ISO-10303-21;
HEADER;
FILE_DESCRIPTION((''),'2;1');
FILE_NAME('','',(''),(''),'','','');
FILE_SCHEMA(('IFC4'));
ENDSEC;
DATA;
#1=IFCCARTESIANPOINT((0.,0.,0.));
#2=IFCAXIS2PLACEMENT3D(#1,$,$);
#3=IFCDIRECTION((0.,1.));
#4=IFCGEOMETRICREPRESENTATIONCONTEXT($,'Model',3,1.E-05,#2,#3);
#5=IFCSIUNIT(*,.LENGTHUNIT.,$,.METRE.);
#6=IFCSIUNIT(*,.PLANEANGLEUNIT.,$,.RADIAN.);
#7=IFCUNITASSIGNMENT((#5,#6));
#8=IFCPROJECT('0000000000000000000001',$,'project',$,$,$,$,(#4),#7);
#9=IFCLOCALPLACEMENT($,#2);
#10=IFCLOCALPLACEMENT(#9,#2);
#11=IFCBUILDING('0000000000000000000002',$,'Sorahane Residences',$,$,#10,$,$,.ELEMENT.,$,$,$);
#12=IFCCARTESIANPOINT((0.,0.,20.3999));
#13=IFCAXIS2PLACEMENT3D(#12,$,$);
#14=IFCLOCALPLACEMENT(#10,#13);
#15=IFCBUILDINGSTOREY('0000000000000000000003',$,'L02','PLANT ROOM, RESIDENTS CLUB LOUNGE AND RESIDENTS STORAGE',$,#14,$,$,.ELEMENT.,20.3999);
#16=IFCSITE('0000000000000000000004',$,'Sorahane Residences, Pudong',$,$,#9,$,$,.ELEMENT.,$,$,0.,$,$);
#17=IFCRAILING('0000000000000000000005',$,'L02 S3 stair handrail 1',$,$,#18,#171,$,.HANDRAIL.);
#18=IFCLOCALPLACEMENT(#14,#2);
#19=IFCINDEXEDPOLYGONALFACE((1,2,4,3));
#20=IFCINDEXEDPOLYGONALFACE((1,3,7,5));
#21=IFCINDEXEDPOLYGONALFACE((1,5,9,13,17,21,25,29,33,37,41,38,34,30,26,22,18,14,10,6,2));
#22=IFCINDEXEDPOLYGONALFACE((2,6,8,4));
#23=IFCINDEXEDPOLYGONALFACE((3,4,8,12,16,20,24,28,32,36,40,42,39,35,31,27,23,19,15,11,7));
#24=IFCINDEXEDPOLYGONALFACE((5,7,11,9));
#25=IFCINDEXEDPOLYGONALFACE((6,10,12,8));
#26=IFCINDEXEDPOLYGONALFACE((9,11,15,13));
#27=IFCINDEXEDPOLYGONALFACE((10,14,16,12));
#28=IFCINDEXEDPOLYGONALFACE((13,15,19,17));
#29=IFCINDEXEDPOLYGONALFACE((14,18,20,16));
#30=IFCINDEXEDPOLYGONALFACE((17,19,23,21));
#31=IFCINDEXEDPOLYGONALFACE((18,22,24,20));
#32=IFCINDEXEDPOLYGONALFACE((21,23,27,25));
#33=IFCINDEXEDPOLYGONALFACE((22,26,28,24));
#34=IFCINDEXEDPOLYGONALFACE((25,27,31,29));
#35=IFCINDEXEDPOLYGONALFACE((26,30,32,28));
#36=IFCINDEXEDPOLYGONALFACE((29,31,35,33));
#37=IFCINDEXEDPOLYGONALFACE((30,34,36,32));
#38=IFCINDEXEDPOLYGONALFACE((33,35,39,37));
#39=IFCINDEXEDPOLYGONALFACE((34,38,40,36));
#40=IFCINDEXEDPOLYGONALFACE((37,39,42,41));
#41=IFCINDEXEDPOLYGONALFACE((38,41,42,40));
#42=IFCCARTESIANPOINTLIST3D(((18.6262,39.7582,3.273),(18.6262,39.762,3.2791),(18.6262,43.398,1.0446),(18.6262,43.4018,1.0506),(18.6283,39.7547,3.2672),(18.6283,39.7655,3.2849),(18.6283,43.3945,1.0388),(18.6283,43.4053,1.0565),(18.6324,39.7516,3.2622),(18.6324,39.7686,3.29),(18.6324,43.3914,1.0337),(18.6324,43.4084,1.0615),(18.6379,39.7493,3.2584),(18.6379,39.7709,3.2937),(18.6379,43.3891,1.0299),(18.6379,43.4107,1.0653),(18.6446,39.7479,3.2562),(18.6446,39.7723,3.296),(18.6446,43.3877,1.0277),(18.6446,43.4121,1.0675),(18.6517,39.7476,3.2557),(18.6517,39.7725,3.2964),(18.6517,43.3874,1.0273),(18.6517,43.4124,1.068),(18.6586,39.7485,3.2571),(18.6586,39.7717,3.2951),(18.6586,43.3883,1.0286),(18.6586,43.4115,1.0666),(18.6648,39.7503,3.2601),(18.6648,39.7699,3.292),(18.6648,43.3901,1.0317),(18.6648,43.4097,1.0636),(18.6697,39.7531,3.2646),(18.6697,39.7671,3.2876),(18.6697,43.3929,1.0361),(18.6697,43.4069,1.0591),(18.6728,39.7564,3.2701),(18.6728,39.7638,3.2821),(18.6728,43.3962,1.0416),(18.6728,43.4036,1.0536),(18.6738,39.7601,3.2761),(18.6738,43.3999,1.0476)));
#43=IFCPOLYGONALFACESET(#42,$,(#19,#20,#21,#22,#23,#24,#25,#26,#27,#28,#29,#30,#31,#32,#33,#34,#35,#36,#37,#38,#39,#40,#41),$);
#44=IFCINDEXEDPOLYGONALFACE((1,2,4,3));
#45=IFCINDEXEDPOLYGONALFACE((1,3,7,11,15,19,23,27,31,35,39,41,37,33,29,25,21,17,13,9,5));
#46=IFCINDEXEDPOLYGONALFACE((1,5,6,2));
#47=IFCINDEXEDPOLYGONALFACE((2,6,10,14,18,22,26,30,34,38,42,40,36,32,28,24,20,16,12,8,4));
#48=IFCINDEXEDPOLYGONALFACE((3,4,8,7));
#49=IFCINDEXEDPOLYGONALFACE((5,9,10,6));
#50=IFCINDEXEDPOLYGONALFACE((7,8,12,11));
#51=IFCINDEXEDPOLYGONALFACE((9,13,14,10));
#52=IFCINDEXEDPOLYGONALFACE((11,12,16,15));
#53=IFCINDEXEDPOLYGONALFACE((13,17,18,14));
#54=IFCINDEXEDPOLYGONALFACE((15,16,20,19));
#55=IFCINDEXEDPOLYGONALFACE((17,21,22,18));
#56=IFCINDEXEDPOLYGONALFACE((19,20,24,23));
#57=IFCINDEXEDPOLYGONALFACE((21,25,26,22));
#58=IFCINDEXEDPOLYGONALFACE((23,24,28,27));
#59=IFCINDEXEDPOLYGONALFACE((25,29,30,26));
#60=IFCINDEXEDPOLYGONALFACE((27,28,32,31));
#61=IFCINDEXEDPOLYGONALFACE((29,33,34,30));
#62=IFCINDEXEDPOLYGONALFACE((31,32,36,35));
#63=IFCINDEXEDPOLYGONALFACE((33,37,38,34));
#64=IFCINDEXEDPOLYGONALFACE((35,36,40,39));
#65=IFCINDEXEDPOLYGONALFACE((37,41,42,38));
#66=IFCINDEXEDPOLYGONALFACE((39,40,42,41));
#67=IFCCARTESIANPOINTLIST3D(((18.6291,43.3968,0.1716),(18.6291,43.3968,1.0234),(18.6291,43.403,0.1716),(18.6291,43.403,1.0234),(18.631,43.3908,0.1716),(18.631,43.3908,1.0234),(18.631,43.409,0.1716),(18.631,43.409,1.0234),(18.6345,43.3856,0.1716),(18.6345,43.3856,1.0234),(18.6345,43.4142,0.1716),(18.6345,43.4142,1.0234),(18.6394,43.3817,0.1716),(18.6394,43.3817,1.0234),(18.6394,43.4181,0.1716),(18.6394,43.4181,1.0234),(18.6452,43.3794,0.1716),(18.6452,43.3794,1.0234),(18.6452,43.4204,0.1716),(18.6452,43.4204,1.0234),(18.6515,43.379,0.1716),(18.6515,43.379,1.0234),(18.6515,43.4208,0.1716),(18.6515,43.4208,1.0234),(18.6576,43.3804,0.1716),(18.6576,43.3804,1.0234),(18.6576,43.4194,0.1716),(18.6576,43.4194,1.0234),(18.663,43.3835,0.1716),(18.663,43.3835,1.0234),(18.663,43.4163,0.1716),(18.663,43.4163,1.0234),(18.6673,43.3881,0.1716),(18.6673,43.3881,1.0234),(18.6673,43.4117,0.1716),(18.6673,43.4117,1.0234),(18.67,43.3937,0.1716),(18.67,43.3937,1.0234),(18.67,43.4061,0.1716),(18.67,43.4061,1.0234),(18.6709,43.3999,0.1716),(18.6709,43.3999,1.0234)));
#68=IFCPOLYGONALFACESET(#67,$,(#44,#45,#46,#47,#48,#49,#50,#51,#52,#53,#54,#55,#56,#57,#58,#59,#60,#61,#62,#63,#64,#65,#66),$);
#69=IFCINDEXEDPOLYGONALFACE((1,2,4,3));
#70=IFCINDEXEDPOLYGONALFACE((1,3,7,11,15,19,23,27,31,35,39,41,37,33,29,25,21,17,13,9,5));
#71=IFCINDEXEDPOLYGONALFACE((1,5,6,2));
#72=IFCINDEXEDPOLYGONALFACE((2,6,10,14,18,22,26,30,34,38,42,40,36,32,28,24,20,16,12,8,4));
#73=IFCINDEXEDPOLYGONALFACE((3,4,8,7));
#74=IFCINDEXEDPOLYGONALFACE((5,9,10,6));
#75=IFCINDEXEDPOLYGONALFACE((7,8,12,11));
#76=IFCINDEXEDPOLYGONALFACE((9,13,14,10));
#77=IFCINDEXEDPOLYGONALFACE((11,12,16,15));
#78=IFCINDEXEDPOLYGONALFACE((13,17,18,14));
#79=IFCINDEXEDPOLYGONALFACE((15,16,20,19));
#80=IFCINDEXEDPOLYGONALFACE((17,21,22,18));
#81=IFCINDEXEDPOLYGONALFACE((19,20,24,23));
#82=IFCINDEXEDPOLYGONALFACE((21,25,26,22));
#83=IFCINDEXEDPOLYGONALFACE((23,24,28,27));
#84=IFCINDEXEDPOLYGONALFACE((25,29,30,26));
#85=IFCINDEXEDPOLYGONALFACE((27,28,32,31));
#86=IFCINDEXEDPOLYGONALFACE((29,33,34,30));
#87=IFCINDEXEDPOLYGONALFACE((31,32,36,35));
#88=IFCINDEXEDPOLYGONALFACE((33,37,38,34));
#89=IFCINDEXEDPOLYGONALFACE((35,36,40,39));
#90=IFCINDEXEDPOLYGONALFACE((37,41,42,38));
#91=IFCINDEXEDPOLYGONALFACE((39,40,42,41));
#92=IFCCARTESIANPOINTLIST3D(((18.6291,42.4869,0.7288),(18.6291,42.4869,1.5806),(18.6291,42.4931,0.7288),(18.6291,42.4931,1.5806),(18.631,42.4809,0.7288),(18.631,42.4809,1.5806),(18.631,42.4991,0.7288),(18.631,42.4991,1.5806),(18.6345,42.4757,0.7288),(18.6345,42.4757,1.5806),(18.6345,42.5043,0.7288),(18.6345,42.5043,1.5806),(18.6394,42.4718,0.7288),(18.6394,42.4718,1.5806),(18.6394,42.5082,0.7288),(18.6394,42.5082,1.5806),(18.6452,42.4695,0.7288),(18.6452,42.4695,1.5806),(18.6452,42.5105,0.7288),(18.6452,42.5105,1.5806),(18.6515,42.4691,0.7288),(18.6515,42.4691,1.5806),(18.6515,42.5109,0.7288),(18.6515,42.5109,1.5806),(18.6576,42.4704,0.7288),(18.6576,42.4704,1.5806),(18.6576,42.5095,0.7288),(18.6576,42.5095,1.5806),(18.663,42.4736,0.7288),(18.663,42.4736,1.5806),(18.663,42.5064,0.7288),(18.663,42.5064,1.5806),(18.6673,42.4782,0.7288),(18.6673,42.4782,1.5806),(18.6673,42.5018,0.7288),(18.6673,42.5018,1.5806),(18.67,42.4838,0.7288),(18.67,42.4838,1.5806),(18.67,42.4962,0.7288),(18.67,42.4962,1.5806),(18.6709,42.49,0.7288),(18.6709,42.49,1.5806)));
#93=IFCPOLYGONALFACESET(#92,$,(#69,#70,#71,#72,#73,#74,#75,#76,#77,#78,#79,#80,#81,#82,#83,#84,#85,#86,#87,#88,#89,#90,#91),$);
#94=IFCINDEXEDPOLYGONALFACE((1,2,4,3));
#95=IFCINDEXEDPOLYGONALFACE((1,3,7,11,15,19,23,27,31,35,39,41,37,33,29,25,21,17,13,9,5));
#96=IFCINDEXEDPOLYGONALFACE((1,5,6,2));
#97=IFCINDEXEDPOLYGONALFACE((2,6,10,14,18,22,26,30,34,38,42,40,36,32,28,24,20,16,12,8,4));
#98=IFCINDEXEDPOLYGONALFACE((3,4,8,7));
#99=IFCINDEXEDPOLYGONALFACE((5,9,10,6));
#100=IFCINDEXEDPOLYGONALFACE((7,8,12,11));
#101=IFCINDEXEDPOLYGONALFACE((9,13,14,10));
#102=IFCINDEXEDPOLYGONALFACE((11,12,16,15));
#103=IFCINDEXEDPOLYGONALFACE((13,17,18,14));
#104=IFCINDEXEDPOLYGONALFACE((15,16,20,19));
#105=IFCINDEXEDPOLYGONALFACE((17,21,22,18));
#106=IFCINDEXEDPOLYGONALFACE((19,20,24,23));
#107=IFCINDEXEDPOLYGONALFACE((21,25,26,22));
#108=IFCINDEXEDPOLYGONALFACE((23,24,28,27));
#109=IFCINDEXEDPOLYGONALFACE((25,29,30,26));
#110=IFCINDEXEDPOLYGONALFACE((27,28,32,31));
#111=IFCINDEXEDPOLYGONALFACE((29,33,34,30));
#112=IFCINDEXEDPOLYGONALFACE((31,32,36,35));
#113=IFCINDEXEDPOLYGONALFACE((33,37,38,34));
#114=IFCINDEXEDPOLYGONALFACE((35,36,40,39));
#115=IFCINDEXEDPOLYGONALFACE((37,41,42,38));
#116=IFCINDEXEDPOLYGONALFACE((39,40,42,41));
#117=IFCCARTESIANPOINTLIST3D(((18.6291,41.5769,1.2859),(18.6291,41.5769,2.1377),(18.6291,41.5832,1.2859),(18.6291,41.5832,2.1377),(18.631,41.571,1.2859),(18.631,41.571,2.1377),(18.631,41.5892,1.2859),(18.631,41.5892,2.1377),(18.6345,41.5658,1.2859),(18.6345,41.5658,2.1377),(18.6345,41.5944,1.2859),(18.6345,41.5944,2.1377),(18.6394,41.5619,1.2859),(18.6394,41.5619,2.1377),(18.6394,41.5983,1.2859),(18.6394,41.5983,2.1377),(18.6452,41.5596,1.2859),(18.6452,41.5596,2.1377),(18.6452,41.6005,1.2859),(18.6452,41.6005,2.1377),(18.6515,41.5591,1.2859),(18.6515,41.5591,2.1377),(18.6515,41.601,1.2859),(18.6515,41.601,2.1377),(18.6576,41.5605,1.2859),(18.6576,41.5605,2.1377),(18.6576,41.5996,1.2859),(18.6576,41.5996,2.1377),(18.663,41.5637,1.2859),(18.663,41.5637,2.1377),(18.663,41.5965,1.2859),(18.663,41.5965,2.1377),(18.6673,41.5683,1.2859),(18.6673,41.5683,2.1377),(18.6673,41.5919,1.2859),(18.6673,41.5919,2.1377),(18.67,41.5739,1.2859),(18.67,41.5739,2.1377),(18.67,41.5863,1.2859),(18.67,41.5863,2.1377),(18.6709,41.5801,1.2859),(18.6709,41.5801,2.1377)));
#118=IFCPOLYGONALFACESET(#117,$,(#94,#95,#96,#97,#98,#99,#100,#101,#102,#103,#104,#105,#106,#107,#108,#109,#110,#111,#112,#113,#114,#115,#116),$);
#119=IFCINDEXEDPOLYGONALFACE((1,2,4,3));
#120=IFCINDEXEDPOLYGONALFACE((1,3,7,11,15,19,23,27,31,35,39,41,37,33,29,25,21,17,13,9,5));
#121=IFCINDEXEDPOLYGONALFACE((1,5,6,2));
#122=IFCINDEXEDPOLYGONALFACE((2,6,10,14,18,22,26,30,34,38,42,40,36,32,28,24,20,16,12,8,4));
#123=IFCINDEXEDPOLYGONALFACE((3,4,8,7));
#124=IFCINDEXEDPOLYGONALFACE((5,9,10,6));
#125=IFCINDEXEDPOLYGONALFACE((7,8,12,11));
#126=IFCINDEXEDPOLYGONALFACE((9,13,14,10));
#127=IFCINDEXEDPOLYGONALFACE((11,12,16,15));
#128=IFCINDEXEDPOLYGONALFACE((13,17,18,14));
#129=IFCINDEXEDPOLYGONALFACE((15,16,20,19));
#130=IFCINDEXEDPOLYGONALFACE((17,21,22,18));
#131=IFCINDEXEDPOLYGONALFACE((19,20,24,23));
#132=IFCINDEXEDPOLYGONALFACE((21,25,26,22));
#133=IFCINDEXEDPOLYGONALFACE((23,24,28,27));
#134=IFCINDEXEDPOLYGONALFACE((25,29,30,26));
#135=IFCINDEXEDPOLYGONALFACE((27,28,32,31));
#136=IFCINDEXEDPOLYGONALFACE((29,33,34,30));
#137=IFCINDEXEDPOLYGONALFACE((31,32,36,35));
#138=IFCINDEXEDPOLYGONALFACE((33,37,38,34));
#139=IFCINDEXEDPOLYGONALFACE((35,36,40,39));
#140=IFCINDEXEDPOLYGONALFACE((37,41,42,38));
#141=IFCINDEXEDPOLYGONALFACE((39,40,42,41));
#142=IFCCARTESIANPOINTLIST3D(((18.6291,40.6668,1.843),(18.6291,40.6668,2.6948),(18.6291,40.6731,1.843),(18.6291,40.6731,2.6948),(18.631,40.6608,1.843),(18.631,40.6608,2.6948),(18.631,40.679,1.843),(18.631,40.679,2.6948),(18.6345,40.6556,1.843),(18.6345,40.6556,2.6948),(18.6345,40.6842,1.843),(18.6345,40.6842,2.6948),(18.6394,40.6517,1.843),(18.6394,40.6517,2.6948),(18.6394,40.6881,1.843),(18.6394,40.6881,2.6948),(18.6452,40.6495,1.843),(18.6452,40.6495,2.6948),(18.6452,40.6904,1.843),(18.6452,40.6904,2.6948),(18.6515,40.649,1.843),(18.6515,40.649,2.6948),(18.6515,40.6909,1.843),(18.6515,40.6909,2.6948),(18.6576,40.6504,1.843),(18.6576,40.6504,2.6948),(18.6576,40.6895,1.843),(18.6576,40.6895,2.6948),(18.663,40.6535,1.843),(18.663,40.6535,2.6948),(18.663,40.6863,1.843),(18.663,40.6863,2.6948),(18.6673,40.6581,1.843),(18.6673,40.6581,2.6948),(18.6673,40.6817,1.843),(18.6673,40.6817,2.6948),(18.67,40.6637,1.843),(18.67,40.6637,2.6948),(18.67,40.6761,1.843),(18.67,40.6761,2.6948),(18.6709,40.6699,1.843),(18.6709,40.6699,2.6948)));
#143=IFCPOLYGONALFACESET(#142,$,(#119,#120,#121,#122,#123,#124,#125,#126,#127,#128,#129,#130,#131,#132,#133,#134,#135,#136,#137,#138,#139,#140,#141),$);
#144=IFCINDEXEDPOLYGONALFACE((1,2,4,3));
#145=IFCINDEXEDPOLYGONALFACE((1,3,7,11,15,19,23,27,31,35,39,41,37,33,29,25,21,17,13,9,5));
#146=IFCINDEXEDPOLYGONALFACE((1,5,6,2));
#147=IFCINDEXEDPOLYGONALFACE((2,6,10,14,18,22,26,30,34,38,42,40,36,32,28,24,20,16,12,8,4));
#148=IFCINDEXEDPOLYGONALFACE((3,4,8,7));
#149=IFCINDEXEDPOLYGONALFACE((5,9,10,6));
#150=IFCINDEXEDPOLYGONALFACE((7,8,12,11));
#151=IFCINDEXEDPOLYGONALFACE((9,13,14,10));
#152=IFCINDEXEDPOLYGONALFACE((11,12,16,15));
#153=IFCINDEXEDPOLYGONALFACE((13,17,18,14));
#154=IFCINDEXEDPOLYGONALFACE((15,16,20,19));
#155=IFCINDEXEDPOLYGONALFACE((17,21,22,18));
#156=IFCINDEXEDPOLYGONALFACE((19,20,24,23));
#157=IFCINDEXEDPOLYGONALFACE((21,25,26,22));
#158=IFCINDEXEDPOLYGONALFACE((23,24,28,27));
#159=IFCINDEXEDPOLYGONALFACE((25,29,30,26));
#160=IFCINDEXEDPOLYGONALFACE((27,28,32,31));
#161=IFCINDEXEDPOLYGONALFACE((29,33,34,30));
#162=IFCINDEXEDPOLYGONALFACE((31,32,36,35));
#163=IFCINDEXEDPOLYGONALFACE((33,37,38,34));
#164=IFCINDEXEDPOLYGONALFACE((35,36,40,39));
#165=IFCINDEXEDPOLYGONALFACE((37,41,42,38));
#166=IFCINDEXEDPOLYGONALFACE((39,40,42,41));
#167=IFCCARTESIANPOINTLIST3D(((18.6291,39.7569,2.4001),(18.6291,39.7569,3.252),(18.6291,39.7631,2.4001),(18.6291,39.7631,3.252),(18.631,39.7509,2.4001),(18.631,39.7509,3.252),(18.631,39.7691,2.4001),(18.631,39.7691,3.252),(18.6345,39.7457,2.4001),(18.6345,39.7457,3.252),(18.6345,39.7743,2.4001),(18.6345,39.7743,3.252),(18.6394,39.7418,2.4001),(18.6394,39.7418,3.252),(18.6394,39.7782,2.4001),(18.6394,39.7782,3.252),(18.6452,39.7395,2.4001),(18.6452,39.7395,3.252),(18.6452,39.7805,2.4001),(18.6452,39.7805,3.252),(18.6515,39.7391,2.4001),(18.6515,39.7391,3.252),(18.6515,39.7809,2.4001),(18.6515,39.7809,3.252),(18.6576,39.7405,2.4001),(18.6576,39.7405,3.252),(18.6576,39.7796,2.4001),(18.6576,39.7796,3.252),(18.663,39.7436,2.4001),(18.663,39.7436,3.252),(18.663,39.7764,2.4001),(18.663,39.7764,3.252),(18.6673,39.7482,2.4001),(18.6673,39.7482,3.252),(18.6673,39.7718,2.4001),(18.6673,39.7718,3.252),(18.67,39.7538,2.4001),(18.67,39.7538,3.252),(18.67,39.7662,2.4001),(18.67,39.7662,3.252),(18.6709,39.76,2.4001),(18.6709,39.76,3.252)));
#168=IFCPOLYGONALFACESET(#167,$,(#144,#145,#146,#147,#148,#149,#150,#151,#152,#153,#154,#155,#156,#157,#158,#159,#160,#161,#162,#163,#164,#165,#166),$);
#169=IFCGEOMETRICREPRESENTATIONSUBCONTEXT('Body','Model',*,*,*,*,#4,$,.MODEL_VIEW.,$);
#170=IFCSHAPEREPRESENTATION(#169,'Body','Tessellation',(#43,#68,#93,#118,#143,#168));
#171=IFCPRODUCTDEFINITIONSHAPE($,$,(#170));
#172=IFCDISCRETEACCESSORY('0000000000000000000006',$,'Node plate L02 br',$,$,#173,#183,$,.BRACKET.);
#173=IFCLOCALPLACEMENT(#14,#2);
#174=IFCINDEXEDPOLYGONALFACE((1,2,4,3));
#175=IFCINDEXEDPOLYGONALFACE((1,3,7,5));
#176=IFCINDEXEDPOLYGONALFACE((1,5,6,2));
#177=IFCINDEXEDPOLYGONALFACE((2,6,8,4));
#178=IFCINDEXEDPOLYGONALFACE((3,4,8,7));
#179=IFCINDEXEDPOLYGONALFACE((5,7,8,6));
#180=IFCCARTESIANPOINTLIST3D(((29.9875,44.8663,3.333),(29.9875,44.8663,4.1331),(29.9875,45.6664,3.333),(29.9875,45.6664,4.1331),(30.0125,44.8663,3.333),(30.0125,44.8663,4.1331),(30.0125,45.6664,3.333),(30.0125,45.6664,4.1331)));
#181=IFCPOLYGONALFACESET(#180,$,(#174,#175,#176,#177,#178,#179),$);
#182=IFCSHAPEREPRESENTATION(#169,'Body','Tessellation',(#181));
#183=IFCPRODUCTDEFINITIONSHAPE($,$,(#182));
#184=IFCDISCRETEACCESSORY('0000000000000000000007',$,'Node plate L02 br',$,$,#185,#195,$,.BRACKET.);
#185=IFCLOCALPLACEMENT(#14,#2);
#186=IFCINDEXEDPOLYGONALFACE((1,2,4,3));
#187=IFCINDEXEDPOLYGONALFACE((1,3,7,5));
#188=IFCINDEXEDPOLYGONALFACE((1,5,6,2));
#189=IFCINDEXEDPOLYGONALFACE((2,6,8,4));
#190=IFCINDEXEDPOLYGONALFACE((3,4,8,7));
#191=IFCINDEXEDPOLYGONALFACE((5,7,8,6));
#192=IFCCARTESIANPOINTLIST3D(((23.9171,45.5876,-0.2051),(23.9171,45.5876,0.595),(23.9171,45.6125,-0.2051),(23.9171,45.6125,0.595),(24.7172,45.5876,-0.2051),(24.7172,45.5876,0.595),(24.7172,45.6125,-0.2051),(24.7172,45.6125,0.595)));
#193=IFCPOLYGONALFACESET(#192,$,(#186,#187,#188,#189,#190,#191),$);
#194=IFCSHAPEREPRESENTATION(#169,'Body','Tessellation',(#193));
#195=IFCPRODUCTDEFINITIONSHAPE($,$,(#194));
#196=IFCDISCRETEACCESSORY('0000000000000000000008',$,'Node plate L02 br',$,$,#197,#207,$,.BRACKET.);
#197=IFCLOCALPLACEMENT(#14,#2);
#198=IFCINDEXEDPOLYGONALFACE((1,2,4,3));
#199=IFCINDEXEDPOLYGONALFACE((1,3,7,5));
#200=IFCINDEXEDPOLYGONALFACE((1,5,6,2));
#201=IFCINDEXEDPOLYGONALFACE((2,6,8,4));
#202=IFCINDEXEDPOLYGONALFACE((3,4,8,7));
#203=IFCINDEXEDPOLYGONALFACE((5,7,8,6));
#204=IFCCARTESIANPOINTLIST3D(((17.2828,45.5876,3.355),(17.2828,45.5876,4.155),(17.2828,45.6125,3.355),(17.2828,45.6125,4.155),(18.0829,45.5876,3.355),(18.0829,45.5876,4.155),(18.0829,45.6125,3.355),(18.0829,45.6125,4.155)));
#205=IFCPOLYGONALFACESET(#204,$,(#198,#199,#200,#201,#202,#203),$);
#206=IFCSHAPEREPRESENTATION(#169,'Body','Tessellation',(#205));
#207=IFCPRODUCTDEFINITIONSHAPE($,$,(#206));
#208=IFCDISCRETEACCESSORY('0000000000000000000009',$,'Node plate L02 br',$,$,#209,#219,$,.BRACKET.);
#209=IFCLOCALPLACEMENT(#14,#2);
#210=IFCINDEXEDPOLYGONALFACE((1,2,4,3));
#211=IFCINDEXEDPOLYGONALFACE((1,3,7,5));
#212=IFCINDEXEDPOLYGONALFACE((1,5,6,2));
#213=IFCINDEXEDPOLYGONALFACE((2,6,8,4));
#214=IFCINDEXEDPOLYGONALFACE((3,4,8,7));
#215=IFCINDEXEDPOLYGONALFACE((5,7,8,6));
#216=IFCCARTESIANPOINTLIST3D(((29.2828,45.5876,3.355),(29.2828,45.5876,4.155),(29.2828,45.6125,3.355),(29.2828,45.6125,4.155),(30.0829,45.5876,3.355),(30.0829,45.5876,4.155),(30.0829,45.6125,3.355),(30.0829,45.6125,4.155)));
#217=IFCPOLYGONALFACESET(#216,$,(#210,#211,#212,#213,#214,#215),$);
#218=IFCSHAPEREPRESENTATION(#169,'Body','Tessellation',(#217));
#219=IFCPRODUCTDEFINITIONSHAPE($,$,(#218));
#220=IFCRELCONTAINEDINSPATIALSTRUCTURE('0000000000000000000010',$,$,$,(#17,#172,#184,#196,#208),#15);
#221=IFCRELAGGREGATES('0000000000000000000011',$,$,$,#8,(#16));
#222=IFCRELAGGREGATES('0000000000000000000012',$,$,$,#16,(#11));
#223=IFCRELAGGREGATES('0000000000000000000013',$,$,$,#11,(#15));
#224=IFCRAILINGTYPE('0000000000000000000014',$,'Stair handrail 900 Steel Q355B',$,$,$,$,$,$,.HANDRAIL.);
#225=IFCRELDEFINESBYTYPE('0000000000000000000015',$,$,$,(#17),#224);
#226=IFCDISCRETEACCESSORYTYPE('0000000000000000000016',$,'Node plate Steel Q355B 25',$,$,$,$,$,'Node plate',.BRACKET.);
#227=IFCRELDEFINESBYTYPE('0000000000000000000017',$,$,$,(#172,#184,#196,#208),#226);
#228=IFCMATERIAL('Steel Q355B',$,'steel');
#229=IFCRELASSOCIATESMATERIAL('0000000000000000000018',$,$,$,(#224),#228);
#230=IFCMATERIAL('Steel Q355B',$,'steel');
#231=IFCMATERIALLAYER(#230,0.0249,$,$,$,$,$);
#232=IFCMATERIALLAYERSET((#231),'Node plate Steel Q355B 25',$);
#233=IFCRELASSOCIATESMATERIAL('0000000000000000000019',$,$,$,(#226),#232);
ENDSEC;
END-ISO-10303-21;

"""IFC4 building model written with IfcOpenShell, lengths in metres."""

from ifc_helpers import new_model, si_unit, direction, frame, origin, origin_2d, place, context, subcontext, project, spatial, rectangle, circle, extrude, material, layer, layer_set, type_object, element, save


model = new_model("IFC4")

# Units and contexts
model_context = context("Model", 3, precision=1e-05, world=origin(), true_north=direction((0.0, 1.0)))
body_context = subcontext(model_context, "Body", "Model", "MODEL_VIEW")
ifc_project = project(units=[si_unit("LENGTHUNIT", "METRE"), si_unit("PLANEANGLEUNIT", "RADIAN")], contexts=[model_context])

# Site, building, storey
site_placement = place(None, origin())
site = spatial("IfcSite", under=ifc_project, at=site_placement, Name="Sorahane Residences, Pudong", CompositionType="ELEMENT", RefElevation=0.0)
building_placement = place(site_placement, origin())
building = spatial("IfcBuilding", under=site, at=building_placement, Name="Sorahane Residences", CompositionType="ELEMENT")
storey_placement = place(building_placement, frame((0.0, 0.0, 20.3999)))
storey = spatial("IfcBuildingStorey", under=building, at=storey_placement, Name="L02", Description="PLANT ROOM, RESIDENTS CLUB LOUNGE AND RESIDENTS STORAGE", CompositionType="ELEMENT", Elevation=20.3999)

# Railing
ifc_material_1 = material(Name="Steel Q355B", Category="steel")
railing_type_1 = type_object("IfcRailingType", Name="Stair handrail 900 Steel Q355B", PredefinedType="HANDRAIL", material=ifc_material_1)
railing_1_placement = place(storey_placement, frame((18.6499, 43.3999, 0.1716)))
element("IfcRailing", 1, at=railing_1_placement, inside=storey, type_object=railing_type_1, Name="L02 S3 stair handrail 1", PredefinedType="HANDRAIL", context=body_context, shape_type="SweptSolid", body=[
    extrude(circle(Radius=0.0239, at=origin_2d()), frame((0.0, 0.0, 0.876), z_axis=(0.0, -0.85285, 0.522156), x_axis=(1.0, 0.0, 0.0)), (0.0, 0.0, 1.0), 4.2678),
    extrude(circle(Radius=0.021, at=origin_2d()), origin(), (0.0, 0.0, 1.0), 0.8518),
    extrude(circle(Radius=0.021, at=origin_2d()), frame((0.0, -0.9099, 0.5571)), (0.0, 0.0, 1.0), 0.8518),
    extrude(circle(Radius=0.021, at=origin_2d()), frame((0.0, -1.8198, 1.1143)), (0.0, 0.0, 1.0), 0.8518),
    extrude(circle(Radius=0.021, at=origin_2d()), frame((0.0, -2.73, 1.6714)), (0.0, 0.0, 1.0), 0.8518),
    extrude(circle(Radius=0.021, at=origin_2d()), frame((0.0, -3.6399, 2.2285)), (0.0, 0.0, 1.0), 0.8518),
])

# Discrete accessories
ifc_material_2 = material(Name="Steel Q355B", Category="steel")
ifc_layer_1 = layer(ifc_material_2, 0.0249)
ifc_layer_set_1 = layer_set([ifc_layer_1], Name="Node plate Steel Q355B 25")
discrete_accessory_type = type_object("IfcDiscreteAccessoryType", Name="Node plate Steel Q355B 25", ElementType="Node plate", PredefinedType="BRACKET", material=ifc_layer_set_1)
for number, where, z_axis, x_axis, name in (
    (2, (30.0, 45.2664, 3.333), (0.0, 0.0, 1.0), (0.0, 1.0, 0.0), "Node plate L02 br"),
    (3, (24.3171, 45.6001, -0.2051), (0.0, 0.0, 1.0), (1.0, 0.0, 0.0), "Node plate L02 br"),
    (4, (17.6829, 45.6001, 3.355), (0.0, 0.0, 1.0), (1.0, 0.0, 0.0), "Node plate L02 br"),
    (5, (29.6829, 45.6001, 3.355), (0.0, 0.0, 1.0), (1.0, 0.0, 0.0), "Node plate L02 br"),
):
    element("IfcDiscreteAccessory", number, at=place(storey_placement, frame(where, z_axis=z_axis, x_axis=x_axis)), inside=storey, type_object=discrete_accessory_type, Name=name, PredefinedType="BRACKET", context=body_context, shape_type="SweptSolid", body=[
        extrude(rectangle(XDim=0.8, YDim=0.0249, at=origin_2d()), origin(), (0.0, 0.0, 1.0), 0.8),
    ])

save(model, "model.ifc")
